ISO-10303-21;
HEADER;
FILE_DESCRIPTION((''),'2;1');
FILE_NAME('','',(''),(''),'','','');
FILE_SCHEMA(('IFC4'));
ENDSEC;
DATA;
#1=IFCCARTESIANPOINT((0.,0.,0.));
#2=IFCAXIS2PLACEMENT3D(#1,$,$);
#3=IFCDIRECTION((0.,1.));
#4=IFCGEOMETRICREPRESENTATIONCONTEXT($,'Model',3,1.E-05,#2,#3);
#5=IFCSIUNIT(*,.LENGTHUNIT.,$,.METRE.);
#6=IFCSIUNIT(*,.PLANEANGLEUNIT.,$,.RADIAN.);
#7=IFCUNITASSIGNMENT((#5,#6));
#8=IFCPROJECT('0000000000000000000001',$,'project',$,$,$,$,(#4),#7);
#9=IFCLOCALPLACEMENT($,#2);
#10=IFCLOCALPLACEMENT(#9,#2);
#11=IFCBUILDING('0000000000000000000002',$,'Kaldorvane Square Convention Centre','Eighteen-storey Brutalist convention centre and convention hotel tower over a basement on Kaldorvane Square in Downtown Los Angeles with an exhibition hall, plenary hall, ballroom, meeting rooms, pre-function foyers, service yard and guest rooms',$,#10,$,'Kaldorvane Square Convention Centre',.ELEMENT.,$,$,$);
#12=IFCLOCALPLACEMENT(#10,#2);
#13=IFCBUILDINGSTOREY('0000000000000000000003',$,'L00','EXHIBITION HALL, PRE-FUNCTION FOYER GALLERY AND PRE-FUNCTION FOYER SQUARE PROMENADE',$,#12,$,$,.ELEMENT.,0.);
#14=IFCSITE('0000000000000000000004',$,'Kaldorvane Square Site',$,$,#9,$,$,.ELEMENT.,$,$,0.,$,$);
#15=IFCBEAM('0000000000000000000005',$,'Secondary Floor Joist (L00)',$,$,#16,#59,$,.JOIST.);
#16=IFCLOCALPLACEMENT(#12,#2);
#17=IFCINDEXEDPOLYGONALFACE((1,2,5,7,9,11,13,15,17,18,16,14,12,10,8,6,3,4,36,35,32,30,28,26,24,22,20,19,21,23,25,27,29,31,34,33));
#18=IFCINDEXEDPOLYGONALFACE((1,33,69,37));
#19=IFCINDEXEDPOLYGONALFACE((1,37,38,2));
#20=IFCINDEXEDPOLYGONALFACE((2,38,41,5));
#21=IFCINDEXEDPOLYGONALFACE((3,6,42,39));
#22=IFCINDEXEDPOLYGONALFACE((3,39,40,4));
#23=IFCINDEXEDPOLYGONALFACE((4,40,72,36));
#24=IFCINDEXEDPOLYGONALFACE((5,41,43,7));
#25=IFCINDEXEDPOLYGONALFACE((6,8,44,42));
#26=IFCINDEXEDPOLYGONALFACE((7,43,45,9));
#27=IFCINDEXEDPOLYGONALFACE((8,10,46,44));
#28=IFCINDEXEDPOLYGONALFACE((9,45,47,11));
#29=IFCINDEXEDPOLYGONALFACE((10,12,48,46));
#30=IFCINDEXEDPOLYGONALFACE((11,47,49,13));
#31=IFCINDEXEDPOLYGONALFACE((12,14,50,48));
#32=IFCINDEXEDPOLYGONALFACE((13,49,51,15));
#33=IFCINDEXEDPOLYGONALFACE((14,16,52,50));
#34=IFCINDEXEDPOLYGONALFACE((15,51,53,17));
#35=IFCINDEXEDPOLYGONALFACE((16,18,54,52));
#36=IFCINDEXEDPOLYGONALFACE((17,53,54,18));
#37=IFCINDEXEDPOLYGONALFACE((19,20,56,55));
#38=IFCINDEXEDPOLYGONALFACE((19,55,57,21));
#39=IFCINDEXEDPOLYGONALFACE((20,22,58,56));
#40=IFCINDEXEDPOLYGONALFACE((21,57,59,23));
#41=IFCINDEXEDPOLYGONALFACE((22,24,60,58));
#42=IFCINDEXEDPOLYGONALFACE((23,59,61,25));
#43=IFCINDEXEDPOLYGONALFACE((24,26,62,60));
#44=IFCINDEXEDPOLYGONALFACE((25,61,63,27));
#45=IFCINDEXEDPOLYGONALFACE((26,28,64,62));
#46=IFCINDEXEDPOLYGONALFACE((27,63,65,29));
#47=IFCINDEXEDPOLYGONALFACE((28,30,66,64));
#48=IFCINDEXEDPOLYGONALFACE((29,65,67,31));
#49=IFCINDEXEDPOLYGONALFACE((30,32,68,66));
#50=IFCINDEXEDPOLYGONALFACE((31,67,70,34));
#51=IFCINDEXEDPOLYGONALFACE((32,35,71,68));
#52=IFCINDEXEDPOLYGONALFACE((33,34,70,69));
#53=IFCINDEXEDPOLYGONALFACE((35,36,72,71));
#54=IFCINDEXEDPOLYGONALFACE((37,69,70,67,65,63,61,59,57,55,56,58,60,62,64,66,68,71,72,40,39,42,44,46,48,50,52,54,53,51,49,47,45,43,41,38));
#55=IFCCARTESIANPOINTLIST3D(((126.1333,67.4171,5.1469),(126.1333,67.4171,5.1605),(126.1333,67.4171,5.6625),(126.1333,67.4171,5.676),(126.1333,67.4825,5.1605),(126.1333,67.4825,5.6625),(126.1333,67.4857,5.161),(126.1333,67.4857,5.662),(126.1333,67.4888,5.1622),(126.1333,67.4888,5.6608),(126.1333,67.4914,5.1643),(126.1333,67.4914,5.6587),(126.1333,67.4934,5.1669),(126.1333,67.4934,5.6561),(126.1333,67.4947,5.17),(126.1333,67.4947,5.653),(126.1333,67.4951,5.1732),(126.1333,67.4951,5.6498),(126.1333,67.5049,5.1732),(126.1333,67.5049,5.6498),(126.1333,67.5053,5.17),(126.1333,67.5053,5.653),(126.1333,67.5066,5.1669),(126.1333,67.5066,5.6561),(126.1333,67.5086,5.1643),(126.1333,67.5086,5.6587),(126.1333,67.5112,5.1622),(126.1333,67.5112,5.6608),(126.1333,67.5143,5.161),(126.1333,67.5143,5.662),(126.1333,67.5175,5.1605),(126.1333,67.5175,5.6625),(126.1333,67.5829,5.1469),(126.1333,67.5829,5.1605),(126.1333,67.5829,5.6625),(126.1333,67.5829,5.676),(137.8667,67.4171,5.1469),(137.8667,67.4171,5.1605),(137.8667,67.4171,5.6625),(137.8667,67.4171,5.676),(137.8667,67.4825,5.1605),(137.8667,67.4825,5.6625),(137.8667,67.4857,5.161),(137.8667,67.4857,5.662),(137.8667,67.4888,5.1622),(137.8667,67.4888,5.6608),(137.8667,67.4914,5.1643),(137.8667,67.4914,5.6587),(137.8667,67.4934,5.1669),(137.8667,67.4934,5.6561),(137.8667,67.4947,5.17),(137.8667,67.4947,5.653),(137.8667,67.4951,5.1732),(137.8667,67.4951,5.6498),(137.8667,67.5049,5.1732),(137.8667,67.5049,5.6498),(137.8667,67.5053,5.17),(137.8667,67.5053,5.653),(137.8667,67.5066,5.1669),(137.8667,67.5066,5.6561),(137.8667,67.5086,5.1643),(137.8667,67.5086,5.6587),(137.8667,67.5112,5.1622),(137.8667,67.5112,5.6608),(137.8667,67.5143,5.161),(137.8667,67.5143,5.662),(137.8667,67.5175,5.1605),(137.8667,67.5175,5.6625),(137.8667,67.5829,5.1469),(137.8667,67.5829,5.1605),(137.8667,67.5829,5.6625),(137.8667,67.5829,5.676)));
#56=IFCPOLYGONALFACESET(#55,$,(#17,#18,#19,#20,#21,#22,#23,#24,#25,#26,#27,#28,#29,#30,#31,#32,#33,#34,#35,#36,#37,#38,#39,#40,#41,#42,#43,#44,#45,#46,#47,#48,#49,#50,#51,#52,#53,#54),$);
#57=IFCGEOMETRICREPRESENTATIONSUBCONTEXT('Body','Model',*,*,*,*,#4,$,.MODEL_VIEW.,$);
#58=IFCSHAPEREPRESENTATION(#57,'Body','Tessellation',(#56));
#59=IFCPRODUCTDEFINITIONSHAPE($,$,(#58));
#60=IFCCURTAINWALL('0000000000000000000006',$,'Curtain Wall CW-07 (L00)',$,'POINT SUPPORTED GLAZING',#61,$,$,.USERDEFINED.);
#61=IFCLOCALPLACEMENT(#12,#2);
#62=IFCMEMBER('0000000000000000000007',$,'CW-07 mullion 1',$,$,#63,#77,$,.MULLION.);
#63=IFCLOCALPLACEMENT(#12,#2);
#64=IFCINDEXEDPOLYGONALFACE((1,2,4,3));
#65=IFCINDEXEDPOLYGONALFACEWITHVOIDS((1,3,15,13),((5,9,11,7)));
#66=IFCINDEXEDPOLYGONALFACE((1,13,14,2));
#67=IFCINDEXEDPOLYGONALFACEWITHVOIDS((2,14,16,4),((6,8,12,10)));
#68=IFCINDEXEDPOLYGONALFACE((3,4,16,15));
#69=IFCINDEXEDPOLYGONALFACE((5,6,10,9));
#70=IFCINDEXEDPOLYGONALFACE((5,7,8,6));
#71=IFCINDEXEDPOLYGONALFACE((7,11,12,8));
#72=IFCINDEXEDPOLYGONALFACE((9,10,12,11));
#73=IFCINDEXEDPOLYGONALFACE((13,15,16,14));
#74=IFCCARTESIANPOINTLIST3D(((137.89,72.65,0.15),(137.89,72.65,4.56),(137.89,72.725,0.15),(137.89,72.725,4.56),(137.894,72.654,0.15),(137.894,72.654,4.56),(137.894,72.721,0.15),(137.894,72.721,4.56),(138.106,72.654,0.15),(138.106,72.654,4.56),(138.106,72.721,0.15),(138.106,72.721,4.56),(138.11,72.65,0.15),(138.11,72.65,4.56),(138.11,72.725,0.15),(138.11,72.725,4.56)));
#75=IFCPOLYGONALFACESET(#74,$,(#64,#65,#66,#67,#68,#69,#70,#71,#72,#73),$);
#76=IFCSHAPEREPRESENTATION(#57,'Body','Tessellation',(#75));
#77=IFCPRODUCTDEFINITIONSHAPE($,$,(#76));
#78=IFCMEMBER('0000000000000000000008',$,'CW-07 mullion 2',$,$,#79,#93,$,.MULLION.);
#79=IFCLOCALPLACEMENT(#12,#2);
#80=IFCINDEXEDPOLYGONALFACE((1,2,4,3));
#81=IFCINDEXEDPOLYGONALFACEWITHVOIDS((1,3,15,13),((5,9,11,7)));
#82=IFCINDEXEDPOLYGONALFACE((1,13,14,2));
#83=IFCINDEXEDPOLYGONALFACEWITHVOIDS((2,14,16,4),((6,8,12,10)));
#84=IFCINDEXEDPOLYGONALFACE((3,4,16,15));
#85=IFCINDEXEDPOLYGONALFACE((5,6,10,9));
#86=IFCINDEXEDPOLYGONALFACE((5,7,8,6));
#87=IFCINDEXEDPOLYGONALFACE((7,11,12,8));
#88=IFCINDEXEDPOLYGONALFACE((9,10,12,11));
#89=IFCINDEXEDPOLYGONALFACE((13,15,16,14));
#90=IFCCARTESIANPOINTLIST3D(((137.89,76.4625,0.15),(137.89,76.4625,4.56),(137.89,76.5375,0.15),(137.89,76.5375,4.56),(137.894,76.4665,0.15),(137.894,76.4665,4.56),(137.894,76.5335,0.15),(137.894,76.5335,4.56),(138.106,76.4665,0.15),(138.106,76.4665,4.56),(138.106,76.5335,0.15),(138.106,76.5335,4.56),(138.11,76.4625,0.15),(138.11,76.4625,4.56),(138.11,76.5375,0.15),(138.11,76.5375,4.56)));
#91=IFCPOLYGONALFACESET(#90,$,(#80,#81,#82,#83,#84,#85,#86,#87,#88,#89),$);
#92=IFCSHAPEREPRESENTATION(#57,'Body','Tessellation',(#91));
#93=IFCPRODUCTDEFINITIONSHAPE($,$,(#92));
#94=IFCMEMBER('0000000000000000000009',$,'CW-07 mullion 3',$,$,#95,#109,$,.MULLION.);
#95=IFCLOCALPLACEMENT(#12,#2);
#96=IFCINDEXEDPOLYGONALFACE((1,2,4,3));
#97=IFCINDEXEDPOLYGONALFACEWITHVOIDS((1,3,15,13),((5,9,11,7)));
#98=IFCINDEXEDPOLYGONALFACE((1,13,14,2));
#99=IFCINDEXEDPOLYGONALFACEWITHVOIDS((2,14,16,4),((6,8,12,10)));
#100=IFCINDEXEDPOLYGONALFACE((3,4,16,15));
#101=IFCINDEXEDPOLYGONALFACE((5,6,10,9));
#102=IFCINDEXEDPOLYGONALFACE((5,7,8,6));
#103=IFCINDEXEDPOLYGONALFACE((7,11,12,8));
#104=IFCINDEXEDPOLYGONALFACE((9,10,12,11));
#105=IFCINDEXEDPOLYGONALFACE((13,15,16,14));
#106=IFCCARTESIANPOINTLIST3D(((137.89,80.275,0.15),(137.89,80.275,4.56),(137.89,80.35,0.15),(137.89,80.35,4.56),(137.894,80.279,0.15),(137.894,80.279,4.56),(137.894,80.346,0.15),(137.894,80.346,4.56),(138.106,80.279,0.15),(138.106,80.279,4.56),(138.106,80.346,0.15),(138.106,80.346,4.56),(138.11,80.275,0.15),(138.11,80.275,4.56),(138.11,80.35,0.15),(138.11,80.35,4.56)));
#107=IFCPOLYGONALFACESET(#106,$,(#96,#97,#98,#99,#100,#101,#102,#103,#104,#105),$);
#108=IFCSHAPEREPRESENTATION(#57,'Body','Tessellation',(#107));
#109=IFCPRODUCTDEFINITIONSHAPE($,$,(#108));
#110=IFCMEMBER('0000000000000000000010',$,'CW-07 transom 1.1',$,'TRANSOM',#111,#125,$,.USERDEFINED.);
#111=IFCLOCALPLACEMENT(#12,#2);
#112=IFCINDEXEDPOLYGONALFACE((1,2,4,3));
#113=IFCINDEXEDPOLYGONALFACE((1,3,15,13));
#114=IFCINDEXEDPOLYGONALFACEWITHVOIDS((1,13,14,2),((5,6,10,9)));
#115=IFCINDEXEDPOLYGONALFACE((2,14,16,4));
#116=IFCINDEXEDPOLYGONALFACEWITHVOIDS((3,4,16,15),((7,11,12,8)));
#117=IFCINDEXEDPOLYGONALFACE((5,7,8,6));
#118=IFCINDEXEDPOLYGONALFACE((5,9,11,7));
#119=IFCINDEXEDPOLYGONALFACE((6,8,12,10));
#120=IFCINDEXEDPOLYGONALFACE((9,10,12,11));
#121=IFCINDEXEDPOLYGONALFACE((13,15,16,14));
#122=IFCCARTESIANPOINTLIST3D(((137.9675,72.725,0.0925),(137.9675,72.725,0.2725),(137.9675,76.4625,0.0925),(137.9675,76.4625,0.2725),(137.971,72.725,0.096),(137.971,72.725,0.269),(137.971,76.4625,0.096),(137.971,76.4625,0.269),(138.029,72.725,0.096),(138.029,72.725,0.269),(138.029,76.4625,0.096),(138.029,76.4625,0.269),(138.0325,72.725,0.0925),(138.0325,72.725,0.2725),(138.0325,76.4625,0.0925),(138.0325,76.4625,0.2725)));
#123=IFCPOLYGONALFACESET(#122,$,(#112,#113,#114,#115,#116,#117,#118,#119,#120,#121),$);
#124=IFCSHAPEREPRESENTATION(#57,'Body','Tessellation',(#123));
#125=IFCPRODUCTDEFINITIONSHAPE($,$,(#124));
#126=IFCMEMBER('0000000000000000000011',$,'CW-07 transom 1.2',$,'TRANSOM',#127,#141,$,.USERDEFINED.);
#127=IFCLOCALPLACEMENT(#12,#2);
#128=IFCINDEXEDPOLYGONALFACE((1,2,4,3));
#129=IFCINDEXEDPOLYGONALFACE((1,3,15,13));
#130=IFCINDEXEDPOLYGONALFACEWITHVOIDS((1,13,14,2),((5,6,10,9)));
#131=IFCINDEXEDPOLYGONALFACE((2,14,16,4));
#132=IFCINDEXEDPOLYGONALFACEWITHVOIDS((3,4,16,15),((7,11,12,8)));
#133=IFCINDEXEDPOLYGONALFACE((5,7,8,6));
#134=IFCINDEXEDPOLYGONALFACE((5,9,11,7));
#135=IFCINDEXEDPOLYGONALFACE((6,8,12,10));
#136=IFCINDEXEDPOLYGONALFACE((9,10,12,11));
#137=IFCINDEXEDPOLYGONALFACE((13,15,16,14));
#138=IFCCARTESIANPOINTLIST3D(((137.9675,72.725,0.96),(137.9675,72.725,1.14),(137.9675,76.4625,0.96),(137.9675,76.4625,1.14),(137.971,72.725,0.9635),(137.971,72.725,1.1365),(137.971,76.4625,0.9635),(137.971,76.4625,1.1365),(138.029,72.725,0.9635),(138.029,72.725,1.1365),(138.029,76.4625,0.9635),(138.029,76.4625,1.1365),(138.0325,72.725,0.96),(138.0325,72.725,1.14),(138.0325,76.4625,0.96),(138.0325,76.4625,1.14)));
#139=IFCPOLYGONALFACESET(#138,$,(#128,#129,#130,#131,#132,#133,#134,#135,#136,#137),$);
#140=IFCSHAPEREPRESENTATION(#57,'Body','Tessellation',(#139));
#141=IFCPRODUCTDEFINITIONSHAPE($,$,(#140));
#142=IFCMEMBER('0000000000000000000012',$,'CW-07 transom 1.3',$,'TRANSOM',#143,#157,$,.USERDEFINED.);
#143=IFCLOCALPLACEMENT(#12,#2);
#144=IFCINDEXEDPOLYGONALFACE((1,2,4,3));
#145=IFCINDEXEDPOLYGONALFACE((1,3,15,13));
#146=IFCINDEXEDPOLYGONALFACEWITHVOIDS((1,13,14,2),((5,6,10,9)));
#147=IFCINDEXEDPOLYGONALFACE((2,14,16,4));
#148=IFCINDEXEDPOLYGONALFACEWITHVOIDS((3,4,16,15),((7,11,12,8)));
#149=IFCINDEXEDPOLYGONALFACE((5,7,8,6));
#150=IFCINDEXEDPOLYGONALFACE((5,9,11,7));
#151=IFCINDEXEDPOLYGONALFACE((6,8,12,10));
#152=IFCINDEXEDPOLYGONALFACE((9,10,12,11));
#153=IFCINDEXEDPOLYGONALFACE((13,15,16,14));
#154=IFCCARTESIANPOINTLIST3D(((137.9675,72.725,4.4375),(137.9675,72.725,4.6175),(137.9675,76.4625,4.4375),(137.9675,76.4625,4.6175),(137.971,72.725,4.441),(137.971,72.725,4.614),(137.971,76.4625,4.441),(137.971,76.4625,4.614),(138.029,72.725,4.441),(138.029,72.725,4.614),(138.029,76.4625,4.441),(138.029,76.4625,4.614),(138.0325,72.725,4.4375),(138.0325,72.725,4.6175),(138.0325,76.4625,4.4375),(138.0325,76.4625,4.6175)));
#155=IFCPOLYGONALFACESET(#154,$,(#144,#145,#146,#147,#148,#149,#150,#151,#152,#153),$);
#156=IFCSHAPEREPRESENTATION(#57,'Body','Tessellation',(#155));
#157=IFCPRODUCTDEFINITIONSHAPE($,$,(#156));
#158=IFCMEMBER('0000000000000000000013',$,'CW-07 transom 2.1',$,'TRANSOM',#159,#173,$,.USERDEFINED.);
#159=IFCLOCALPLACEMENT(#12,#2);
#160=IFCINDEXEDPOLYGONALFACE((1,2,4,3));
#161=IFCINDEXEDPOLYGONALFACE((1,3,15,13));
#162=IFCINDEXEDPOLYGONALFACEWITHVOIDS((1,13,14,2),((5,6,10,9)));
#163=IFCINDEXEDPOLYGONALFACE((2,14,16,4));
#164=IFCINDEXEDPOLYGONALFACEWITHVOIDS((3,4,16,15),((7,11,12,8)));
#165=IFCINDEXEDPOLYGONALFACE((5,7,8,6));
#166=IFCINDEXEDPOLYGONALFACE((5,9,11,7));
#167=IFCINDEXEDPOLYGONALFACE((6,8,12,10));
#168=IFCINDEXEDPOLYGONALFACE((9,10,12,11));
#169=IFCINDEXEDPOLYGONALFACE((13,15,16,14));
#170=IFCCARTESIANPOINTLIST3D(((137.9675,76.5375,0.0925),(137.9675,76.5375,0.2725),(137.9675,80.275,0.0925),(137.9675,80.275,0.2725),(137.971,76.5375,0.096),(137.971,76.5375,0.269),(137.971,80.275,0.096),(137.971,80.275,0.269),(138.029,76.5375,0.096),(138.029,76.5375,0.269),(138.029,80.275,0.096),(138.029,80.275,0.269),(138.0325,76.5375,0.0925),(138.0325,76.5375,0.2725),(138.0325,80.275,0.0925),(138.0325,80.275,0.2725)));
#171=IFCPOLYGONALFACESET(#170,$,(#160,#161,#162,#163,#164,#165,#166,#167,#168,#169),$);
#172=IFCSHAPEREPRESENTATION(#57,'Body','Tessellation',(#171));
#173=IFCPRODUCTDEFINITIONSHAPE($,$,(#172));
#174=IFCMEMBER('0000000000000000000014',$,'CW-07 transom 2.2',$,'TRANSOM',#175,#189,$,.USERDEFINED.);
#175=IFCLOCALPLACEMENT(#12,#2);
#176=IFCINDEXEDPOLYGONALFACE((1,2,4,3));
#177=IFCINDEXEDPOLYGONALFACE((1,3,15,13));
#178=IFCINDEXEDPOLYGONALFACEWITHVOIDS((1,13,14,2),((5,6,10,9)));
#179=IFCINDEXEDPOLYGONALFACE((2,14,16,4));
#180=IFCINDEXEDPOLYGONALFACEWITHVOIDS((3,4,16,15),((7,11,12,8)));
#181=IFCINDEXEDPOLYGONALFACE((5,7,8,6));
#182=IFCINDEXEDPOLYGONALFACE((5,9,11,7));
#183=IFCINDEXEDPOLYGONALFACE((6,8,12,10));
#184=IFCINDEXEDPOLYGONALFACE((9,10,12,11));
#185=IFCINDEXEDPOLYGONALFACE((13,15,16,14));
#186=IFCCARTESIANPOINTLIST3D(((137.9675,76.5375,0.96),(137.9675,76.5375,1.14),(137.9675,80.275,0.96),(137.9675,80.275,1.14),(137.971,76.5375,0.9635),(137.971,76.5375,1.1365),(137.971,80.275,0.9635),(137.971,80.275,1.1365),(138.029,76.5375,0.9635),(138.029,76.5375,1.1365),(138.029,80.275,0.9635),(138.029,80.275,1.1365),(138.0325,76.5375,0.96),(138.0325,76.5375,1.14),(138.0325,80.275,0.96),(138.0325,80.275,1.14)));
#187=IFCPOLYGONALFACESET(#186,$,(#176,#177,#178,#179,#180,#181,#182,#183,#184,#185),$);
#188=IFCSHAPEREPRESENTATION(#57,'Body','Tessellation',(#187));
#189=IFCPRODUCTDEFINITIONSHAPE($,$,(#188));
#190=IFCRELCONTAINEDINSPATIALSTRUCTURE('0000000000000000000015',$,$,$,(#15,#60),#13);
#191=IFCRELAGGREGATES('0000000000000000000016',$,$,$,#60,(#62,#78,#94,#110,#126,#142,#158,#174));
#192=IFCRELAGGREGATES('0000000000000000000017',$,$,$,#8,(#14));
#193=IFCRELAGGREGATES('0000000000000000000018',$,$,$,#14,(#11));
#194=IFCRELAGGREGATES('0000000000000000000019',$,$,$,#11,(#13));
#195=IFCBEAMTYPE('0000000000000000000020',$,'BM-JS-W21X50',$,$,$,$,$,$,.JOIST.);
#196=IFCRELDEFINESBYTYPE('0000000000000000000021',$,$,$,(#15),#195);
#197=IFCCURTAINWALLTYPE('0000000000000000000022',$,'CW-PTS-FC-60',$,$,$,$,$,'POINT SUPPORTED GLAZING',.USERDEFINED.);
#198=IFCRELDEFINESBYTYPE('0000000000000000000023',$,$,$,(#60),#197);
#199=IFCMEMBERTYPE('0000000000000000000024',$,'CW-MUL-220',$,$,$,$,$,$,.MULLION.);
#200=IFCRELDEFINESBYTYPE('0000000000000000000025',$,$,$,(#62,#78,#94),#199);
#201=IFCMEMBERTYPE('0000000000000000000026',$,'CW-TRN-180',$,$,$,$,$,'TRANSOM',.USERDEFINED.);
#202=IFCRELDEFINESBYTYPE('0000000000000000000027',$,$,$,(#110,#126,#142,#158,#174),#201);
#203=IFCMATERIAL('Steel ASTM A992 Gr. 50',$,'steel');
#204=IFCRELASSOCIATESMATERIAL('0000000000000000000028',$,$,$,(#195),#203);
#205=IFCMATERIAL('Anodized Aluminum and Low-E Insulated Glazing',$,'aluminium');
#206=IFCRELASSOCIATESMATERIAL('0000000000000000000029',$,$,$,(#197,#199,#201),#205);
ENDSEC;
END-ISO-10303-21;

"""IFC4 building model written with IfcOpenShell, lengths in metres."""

from ifc_helpers import new_model, si_unit, direction, frame, origin, origin_2d, place, context, subcontext, project, spatial, hollow_rectangle, i_section, extrude, material, material_profile, profile_set, type_object, element, aggregate, save


model = new_model("IFC4")

# Units and contexts
model_context = context("Model", 3, precision=1e-05, world=origin(), true_north=direction((0.0, 1.0)))
body_context = subcontext(model_context, "Body", "Model", "MODEL_VIEW")
ifc_project = project(units=[si_unit("LENGTHUNIT", "METRE"), si_unit("PLANEANGLEUNIT", "RADIAN")], contexts=[model_context])

# Site, building, storey
site_placement = place(None, origin())
site = spatial("IfcSite", under=ifc_project, at=site_placement, Name="Kaldorvane Square Site", CompositionType="ELEMENT", RefElevation=0.0)
building_placement = place(site_placement, origin())
building = spatial("IfcBuilding", under=site, at=building_placement, Name="Kaldorvane Square Convention Centre", Description="Eighteen-storey Brutalist convention centre and convention hotel tower over a basement on Kaldorvane Square in Downtown Los Angeles with an exhibition hall, plenary hall, ballroom, meeting rooms, pre-function foyers, service yard and guest rooms", LongName="Kaldorvane Square Convention Centre", CompositionType="ELEMENT")
storey_placement = place(building_placement, origin())
storey = spatial("IfcBuildingStorey", under=building, at=storey_placement, Name="L00", Description="EXHIBITION HALL, PRE-FUNCTION FOYER GALLERY AND PRE-FUNCTION FOYER SQUARE PROMENADE", CompositionType="ELEMENT", Elevation=0.0)

# Beam
ifc_material_1 = material(Name="Steel ASTM A992 Gr. 50", Category="steel")
ifc_material_profile_1 = material_profile(ifc_material_1, i_section(OverallWidth=0.1659, OverallDepth=0.5291, WebThickness=0.0097, FlangeThickness=0.0136, FilletRadius=0.0127, at=origin_2d()), Name="W21X50")
ifc_profile_set_1 = profile_set([ifc_material_profile_1], Name="Steel ASTM A992 Gr. 50")
beam_type_1 = type_object("IfcBeamType", Name="BM-JS-W21X50", PredefinedType="JOIST", material=ifc_profile_set_1)
beam_1_placement = place(storey_placement, frame((126.1333, 67.5, 5.4115), z_axis=(1.0, 0.0, 0.0), x_axis=(0.0, 1.0, 0.0)))
element("IfcBeam", 1, at=beam_1_placement, inside=storey, type_object=beam_type_1, Name="Secondary Floor Joist (L00)", PredefinedType="JOIST", context=body_context, shape_type="SweptSolid", body=[
    extrude(i_section(OverallWidth=0.1659, OverallDepth=0.5291, WebThickness=0.0097, FlangeThickness=0.0136, FilletRadius=0.0127, at=origin_2d()), origin(), (0.0, 0.0, 1.0), 11.7334),
])

# Curtain wall, members
ifc_material_2 = material(Name="Anodized Aluminum and Low-E Insulated Glazing", Category="aluminium")
curtain_wall_type = type_object("IfcCurtainWallType", Name="CW-PTS-FC-60", ElementType="POINT SUPPORTED GLAZING", PredefinedType="USERDEFINED", material=ifc_material_2)
curtain_wall_placement = place(storey_placement, origin())
curtain_wall = element("IfcCurtainWall", 2, at=curtain_wall_placement, inside=storey, type_object=curtain_wall_type, Name="Curtain Wall CW-07 (L00)", ObjectType="POINT SUPPORTED GLAZING", PredefinedType="USERDEFINED")
ifc_material_profile_2 = material_profile(ifc_material_2, hollow_rectangle(XDim=0.075, YDim=0.22, WallThickness=0.004, at=origin_2d()), Name="CWM-220X75")
ifc_profile_set_2 = profile_set([ifc_material_profile_2], Name="Anodized Aluminum and Low-E Insulated Glazing")
member_type_1 = type_object("IfcMemberType", Name="CW-MUL-220", PredefinedType="MULLION", material=ifc_profile_set_2)
member_1_placement = place(storey_placement, frame((138.0, 72.6875, 0.15), z_axis=(0.0, 0.0, 1.0), x_axis=(0.0, 1.0, 0.0)))
member_1 = element("IfcMember", 3, at=member_1_placement, type_object=member_type_1, Name="CW-07 mullion 1", PredefinedType="MULLION", context=body_context, shape_type="SweptSolid", body=[
    extrude(hollow_rectangle(XDim=0.075, YDim=0.22, WallThickness=0.004, at=origin_2d()), origin(), (0.0, 0.0, 1.0), 4.41),
])
member_2_placement = place(storey_placement, frame((138.0, 76.5, 0.15), z_axis=(0.0, 0.0, 1.0), x_axis=(0.0, 1.0, 0.0)))
member_2 = element("IfcMember", 4, at=member_2_placement, type_object=member_type_1, Name="CW-07 mullion 2", PredefinedType="MULLION", context=body_context, shape_type="SweptSolid", body=[
    extrude(hollow_rectangle(XDim=0.075, YDim=0.22, WallThickness=0.004, at=origin_2d()), origin(), (0.0, 0.0, 1.0), 4.41),
])
member_3_placement = place(storey_placement, frame((138.0, 80.3125, 0.15), z_axis=(0.0, 0.0, 1.0), x_axis=(0.0, 1.0, 0.0)))
member_3 = element("IfcMember", 5, at=member_3_placement, type_object=member_type_1, Name="CW-07 mullion 3", PredefinedType="MULLION", context=body_context, shape_type="SweptSolid", body=[
    extrude(hollow_rectangle(XDim=0.075, YDim=0.22, WallThickness=0.004, at=origin_2d()), origin(), (0.0, 0.0, 1.0), 4.41),
])
ifc_material_profile_3 = material_profile(ifc_material_2, hollow_rectangle(XDim=0.065, YDim=0.18, WallThickness=0.0035, at=origin_2d()), Name="CWT-180X65")
ifc_profile_set_3 = profile_set([ifc_material_profile_3], Name="Anodized Aluminum and Low-E Insulated Glazing")
member_type_2 = type_object("IfcMemberType", Name="CW-TRN-180", ElementType="TRANSOM", PredefinedType="USERDEFINED", material=ifc_profile_set_3)
member_4_placement = place(storey_placement, frame((138.0, 72.725, 0.1825), z_axis=(0.0, 1.0, 0.0), x_axis=(-1.0, 0.0, 0.0)))
member_4 = element("IfcMember", 6, at=member_4_placement, type_object=member_type_2, Name="CW-07 transom 1.1", ObjectType="TRANSOM", PredefinedType="USERDEFINED", context=body_context, shape_type="SweptSolid", body=[
    extrude(hollow_rectangle(XDim=0.065, YDim=0.18, WallThickness=0.0035, at=origin_2d()), origin(), (0.0, 0.0, 1.0), 3.7375),
])
member_5_placement = place(storey_placement, frame((138.0, 72.725, 1.05), z_axis=(0.0, 1.0, 0.0), x_axis=(-1.0, 0.0, 0.0)))
member_5 = element("IfcMember", 7, at=member_5_placement, type_object=member_type_2, Name="CW-07 transom 1.2", ObjectType="TRANSOM", PredefinedType="USERDEFINED", context=body_context, shape_type="SweptSolid", body=[
    extrude(hollow_rectangle(XDim=0.065, YDim=0.18, WallThickness=0.0035, at=origin_2d()), origin(), (0.0, 0.0, 1.0), 3.7375),
])
member_6_placement = place(storey_placement, frame((138.0, 72.725, 4.5275), z_axis=(0.0, 1.0, 0.0), x_axis=(-1.0, 0.0, 0.0)))
member_6 = element("IfcMember", 8, at=member_6_placement, type_object=member_type_2, Name="CW-07 transom 1.3", ObjectType="TRANSOM", PredefinedType="USERDEFINED", context=body_context, shape_type="SweptSolid", body=[
    extrude(hollow_rectangle(XDim=0.065, YDim=0.18, WallThickness=0.0035, at=origin_2d()), origin(), (0.0, 0.0, 1.0), 3.7375),
])
member_7_placement = place(storey_placement, frame((138.0, 76.5375, 0.1825), z_axis=(0.0, 1.0, 0.0), x_axis=(-1.0, 0.0, 0.0)))
member_7 = element("IfcMember", 9, at=member_7_placement, type_object=member_type_2, Name="CW-07 transom 2.1", ObjectType="TRANSOM", PredefinedType="USERDEFINED", context=body_context, shape_type="SweptSolid", body=[
    extrude(hollow_rectangle(XDim=0.065, YDim=0.18, WallThickness=0.0035, at=origin_2d()), origin(), (0.0, 0.0, 1.0), 3.7375),
])
member_8_placement = place(storey_placement, frame((138.0, 76.5375, 1.05), z_axis=(0.0, 1.0, 0.0), x_axis=(-1.0, 0.0, 0.0)))
member_8 = element("IfcMember", 10, at=member_8_placement, type_object=member_type_2, Name="CW-07 transom 2.2", ObjectType="TRANSOM", PredefinedType="USERDEFINED", context=body_context, shape_type="SweptSolid", body=[
    extrude(hollow_rectangle(XDim=0.065, YDim=0.18, WallThickness=0.0035, at=origin_2d()), origin(), (0.0, 0.0, 1.0), 3.7375),
])
aggregate(curtain_wall, [member_1, member_2, member_3, member_4, member_5, member_6, member_7, member_8])

save(model, "model.ifc")
